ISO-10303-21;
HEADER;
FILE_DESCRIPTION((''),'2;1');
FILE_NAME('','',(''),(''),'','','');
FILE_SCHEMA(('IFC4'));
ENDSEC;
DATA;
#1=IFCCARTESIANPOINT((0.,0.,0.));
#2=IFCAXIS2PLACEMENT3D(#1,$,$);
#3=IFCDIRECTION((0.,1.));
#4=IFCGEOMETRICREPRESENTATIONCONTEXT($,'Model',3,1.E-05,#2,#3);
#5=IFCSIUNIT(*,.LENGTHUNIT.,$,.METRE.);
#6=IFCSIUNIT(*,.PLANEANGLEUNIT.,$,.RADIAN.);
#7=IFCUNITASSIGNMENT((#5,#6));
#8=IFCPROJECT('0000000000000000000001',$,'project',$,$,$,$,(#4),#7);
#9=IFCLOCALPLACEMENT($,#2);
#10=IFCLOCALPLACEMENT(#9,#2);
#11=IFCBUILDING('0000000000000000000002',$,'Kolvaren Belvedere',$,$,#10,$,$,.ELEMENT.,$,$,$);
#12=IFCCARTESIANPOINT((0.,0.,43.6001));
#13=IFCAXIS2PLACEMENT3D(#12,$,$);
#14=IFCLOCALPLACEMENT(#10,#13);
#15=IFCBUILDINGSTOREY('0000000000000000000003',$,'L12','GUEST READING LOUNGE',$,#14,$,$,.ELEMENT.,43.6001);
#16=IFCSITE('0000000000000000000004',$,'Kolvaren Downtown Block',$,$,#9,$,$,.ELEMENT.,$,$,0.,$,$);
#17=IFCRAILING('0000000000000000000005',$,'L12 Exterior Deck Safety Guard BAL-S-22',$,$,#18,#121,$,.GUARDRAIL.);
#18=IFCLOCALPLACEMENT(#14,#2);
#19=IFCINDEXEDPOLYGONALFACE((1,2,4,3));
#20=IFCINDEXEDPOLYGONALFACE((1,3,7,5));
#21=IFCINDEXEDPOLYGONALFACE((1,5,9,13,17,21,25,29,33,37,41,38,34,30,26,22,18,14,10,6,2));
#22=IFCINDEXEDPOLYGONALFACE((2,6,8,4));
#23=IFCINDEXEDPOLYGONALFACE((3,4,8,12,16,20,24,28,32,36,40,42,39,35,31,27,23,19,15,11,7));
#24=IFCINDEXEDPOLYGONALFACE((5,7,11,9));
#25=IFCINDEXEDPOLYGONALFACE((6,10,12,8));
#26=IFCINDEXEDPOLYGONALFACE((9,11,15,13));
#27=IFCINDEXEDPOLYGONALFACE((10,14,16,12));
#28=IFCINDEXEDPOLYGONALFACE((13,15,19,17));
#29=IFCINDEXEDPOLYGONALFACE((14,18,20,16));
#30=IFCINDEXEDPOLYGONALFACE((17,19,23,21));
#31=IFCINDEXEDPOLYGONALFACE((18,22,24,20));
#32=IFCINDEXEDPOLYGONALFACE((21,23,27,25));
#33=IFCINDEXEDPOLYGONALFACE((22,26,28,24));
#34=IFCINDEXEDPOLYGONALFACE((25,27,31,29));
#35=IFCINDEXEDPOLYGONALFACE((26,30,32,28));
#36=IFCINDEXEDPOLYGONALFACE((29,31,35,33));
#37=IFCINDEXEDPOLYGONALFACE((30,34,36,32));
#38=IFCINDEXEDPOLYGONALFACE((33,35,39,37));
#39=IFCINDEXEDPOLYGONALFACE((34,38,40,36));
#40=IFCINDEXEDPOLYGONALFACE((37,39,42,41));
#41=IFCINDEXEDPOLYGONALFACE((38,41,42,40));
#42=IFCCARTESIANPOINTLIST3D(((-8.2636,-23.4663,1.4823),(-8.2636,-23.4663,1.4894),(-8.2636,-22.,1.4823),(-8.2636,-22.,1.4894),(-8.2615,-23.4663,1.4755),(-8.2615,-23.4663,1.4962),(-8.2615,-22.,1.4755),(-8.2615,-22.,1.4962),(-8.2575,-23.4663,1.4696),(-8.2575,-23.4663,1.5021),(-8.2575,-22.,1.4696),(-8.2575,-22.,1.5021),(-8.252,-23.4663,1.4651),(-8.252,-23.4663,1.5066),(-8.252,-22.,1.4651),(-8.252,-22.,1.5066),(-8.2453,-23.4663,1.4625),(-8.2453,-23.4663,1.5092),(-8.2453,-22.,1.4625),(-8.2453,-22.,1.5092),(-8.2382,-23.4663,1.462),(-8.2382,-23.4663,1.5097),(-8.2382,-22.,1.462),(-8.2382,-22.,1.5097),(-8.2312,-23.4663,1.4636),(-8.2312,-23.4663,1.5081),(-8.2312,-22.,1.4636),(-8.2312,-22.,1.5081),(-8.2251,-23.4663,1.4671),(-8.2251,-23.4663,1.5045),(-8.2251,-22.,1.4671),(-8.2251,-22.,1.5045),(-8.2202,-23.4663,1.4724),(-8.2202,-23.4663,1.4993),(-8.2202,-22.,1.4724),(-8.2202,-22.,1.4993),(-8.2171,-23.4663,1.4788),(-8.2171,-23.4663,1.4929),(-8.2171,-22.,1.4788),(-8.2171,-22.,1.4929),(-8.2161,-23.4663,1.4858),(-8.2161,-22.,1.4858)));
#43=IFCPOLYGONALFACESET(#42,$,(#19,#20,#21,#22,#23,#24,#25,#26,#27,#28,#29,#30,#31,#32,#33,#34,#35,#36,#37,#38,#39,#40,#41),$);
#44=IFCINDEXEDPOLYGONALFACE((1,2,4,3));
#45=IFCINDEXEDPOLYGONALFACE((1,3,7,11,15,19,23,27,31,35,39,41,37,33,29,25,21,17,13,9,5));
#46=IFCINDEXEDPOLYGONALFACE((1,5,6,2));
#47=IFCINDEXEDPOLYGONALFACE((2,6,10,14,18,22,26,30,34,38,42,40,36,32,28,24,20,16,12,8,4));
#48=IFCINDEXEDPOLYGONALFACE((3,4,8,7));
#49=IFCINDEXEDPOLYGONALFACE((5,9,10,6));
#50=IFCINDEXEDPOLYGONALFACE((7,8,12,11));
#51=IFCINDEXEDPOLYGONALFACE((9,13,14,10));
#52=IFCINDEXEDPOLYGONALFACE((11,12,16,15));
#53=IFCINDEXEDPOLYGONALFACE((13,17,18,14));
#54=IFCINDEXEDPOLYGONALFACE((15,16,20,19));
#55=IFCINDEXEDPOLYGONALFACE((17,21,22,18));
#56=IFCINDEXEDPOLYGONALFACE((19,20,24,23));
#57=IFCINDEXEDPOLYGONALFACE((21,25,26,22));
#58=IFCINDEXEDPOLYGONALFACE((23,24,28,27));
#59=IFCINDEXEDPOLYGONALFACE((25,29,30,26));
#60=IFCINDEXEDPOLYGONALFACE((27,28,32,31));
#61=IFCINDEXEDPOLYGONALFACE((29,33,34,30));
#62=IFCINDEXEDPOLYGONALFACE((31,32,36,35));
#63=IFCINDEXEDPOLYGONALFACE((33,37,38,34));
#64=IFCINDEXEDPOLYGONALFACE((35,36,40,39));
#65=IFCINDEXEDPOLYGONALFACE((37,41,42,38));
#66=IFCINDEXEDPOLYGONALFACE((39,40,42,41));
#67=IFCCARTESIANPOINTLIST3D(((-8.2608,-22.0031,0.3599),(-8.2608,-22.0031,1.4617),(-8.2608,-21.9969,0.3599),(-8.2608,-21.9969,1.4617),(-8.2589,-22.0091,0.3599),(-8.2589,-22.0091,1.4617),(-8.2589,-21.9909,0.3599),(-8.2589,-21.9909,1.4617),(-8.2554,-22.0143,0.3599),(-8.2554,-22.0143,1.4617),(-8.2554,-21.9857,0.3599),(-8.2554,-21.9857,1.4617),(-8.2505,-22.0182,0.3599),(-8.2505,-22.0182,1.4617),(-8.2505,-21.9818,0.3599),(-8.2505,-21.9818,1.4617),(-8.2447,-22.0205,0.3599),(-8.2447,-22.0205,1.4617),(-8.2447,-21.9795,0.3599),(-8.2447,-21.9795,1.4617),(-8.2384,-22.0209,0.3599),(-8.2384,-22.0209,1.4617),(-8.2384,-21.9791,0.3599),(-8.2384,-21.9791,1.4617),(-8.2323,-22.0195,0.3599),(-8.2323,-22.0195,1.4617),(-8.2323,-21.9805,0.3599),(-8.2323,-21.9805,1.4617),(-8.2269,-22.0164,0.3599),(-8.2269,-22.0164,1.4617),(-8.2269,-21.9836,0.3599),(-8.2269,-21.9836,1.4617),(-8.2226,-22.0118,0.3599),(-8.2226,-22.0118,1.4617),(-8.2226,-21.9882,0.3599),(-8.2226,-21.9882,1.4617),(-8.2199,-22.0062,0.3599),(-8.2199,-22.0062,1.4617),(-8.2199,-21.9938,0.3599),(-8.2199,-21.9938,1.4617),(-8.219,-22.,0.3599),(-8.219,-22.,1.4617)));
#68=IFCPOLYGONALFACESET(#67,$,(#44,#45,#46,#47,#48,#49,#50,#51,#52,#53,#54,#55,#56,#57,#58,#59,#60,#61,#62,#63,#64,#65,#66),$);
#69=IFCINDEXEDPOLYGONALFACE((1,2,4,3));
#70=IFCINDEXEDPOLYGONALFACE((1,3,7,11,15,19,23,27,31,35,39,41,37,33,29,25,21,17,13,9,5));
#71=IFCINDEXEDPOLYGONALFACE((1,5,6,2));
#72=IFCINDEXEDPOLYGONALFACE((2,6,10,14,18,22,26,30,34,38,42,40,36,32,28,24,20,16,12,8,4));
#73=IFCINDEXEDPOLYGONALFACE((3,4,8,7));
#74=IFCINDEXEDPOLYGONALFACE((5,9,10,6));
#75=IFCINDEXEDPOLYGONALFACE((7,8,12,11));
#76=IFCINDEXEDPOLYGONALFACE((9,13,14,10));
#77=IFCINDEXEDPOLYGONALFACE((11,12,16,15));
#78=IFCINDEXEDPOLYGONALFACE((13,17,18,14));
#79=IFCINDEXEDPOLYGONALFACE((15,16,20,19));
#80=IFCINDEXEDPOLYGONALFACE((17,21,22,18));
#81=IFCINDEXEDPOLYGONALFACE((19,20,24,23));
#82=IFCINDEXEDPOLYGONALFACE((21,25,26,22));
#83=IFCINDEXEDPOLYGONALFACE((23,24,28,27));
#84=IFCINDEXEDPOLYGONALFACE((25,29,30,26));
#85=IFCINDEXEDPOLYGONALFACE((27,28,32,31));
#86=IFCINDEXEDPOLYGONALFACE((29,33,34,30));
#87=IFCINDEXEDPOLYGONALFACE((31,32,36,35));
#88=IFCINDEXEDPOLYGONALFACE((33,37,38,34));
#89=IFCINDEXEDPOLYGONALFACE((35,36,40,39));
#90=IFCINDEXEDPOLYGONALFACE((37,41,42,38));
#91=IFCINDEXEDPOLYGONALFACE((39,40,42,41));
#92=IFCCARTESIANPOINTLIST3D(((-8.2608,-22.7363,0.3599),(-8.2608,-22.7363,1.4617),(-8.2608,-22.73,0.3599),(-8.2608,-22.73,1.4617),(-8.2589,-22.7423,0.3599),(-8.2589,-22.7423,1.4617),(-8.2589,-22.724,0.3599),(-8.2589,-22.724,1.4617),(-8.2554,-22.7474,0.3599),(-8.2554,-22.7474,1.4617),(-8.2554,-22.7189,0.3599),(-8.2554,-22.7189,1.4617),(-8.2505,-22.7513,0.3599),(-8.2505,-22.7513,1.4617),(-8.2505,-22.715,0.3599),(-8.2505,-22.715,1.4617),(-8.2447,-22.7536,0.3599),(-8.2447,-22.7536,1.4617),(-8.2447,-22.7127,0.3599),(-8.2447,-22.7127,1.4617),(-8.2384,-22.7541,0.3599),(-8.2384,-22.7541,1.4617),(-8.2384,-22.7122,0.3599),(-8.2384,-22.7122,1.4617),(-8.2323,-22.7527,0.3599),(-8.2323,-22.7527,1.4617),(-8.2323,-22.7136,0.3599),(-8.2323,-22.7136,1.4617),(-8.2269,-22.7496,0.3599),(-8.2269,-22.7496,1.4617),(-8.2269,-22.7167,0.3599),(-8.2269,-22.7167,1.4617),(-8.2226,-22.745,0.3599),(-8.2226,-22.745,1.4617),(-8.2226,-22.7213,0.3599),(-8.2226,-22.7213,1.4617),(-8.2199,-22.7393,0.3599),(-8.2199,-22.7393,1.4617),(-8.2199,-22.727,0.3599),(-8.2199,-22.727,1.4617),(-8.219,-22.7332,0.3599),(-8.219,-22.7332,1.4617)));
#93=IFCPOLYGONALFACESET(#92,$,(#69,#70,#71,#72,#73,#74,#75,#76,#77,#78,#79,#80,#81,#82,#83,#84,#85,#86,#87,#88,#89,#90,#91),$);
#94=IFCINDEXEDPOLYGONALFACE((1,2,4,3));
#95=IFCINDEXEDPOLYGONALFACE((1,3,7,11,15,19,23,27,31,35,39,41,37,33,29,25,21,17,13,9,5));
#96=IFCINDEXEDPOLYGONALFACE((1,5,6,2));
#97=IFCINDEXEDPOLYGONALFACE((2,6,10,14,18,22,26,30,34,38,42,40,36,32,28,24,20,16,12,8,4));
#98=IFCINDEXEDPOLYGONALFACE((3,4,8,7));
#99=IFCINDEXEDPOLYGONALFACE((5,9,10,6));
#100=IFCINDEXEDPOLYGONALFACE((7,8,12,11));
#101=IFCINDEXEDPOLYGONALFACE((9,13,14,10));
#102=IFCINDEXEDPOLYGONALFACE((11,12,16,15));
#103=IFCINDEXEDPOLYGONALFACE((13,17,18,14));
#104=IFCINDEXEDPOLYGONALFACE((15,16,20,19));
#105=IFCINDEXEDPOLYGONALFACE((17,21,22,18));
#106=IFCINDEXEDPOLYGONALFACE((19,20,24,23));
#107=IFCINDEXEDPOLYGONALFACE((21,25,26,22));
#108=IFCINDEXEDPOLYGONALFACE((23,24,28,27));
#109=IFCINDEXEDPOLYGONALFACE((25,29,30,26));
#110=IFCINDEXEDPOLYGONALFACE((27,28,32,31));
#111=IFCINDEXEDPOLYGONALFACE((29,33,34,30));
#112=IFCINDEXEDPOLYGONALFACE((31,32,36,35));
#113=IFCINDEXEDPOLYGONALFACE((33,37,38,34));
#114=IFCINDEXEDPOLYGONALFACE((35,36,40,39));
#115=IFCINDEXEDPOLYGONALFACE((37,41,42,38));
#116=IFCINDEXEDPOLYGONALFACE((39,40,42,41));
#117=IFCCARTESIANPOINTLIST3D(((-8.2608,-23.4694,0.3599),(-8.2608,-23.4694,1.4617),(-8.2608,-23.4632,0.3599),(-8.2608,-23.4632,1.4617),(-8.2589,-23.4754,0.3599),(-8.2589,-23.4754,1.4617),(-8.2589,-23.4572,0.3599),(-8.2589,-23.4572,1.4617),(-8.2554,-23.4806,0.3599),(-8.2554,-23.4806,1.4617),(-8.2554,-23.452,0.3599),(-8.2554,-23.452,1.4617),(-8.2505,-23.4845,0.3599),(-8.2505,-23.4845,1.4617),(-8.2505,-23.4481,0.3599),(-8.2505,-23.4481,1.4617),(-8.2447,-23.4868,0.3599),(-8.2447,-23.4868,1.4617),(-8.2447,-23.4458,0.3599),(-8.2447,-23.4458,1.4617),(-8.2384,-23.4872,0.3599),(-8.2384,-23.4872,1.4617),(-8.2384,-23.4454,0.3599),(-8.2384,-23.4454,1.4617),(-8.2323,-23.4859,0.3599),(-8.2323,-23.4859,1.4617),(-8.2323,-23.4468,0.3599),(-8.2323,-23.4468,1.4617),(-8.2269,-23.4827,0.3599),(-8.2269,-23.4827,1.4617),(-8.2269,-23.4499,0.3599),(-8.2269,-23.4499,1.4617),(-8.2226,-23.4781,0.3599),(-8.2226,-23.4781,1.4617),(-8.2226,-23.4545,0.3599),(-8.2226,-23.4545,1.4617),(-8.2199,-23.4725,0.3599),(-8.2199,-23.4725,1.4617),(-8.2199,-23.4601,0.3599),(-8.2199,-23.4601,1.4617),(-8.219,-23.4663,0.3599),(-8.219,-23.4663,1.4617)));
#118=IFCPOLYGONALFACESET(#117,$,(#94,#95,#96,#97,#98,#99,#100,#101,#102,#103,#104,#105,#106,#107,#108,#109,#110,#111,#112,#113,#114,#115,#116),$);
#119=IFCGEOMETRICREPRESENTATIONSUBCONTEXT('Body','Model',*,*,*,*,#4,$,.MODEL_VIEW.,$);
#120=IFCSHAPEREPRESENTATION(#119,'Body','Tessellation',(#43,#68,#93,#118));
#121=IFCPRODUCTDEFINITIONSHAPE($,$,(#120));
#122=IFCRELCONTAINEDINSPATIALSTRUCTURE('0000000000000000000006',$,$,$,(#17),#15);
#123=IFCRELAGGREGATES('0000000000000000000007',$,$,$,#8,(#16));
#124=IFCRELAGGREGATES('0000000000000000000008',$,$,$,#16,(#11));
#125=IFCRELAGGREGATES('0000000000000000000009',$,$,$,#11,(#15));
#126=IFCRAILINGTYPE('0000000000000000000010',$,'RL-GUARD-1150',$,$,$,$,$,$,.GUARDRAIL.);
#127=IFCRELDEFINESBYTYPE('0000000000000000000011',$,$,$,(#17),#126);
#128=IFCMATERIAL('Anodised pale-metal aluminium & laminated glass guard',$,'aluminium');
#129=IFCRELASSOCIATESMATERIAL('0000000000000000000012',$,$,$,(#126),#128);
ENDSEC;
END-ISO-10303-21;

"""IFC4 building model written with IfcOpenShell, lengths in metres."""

from ifc_helpers import new_model, si_unit, direction, frame, origin, origin_2d, place, context, subcontext, project, spatial, circle, extrude, material, type_object, element, save


model = new_model("IFC4")

# Units and contexts
model_context = context("Model", 3, precision=1e-05, world=origin(), true_north=direction((0.0, 1.0)))
body_context = subcontext(model_context, "Body", "Model", "MODEL_VIEW")
ifc_project = project(units=[si_unit("LENGTHUNIT", "METRE"), si_unit("PLANEANGLEUNIT", "RADIAN")], contexts=[model_context])

# Site, building, storey
site_placement = place(None, origin())
site = spatial("IfcSite", under=ifc_project, at=site_placement, Name="Kolvaren Downtown Block", CompositionType="ELEMENT", RefElevation=0.0)
building_placement = place(site_placement, origin())
building = spatial("IfcBuilding", under=site, at=building_placement, Name="Kolvaren Belvedere", CompositionType="ELEMENT")
storey_placement = place(building_placement, frame((0.0, 0.0, 43.6001)))
storey = spatial("IfcBuildingStorey", under=building, at=storey_placement, Name="L12", Description="GUEST READING LOUNGE", CompositionType="ELEMENT", Elevation=43.6001)

# Railing
ifc_material_1 = material(Name="Anodised pale-metal aluminium & laminated glass guard", Category="aluminium")
railing_type = type_object("IfcRailingType", Name="RL-GUARD-1150", PredefinedType="GUARDRAIL", material=ifc_material_1)
railing_1_placement = place(storey_placement, frame((-8.24, -22.0, 0.3599)))
element("IfcRailing", 1, at=railing_1_placement, inside=storey, type_object=railing_type, Name="L12 Exterior Deck Safety Guard BAL-S-22", PredefinedType="GUARDRAIL", context=body_context, shape_type="SweptSolid", body=[
    extrude(circle(Radius=0.0239, at=origin_2d()), frame((0.0, 0.0, 1.126), z_axis=(0.0, -1.0, 0.0), x_axis=(1.0, 0.0, 0.0)), (0.0, 0.0, 1.0), 1.4663),
    extrude(circle(Radius=0.021, at=origin_2d()), origin(), (0.0, 0.0, 1.0), 1.1018),
    extrude(circle(Radius=0.021, at=origin_2d()), frame((0.0, -0.7332, 0.0)), (0.0, 0.0, 1.0), 1.1018),
    extrude(circle(Radius=0.021, at=origin_2d()), frame((0.0, -1.4663, 0.0)), (0.0, 0.0, 1.0), 1.1018),
])

save(model, "model.ifc")
